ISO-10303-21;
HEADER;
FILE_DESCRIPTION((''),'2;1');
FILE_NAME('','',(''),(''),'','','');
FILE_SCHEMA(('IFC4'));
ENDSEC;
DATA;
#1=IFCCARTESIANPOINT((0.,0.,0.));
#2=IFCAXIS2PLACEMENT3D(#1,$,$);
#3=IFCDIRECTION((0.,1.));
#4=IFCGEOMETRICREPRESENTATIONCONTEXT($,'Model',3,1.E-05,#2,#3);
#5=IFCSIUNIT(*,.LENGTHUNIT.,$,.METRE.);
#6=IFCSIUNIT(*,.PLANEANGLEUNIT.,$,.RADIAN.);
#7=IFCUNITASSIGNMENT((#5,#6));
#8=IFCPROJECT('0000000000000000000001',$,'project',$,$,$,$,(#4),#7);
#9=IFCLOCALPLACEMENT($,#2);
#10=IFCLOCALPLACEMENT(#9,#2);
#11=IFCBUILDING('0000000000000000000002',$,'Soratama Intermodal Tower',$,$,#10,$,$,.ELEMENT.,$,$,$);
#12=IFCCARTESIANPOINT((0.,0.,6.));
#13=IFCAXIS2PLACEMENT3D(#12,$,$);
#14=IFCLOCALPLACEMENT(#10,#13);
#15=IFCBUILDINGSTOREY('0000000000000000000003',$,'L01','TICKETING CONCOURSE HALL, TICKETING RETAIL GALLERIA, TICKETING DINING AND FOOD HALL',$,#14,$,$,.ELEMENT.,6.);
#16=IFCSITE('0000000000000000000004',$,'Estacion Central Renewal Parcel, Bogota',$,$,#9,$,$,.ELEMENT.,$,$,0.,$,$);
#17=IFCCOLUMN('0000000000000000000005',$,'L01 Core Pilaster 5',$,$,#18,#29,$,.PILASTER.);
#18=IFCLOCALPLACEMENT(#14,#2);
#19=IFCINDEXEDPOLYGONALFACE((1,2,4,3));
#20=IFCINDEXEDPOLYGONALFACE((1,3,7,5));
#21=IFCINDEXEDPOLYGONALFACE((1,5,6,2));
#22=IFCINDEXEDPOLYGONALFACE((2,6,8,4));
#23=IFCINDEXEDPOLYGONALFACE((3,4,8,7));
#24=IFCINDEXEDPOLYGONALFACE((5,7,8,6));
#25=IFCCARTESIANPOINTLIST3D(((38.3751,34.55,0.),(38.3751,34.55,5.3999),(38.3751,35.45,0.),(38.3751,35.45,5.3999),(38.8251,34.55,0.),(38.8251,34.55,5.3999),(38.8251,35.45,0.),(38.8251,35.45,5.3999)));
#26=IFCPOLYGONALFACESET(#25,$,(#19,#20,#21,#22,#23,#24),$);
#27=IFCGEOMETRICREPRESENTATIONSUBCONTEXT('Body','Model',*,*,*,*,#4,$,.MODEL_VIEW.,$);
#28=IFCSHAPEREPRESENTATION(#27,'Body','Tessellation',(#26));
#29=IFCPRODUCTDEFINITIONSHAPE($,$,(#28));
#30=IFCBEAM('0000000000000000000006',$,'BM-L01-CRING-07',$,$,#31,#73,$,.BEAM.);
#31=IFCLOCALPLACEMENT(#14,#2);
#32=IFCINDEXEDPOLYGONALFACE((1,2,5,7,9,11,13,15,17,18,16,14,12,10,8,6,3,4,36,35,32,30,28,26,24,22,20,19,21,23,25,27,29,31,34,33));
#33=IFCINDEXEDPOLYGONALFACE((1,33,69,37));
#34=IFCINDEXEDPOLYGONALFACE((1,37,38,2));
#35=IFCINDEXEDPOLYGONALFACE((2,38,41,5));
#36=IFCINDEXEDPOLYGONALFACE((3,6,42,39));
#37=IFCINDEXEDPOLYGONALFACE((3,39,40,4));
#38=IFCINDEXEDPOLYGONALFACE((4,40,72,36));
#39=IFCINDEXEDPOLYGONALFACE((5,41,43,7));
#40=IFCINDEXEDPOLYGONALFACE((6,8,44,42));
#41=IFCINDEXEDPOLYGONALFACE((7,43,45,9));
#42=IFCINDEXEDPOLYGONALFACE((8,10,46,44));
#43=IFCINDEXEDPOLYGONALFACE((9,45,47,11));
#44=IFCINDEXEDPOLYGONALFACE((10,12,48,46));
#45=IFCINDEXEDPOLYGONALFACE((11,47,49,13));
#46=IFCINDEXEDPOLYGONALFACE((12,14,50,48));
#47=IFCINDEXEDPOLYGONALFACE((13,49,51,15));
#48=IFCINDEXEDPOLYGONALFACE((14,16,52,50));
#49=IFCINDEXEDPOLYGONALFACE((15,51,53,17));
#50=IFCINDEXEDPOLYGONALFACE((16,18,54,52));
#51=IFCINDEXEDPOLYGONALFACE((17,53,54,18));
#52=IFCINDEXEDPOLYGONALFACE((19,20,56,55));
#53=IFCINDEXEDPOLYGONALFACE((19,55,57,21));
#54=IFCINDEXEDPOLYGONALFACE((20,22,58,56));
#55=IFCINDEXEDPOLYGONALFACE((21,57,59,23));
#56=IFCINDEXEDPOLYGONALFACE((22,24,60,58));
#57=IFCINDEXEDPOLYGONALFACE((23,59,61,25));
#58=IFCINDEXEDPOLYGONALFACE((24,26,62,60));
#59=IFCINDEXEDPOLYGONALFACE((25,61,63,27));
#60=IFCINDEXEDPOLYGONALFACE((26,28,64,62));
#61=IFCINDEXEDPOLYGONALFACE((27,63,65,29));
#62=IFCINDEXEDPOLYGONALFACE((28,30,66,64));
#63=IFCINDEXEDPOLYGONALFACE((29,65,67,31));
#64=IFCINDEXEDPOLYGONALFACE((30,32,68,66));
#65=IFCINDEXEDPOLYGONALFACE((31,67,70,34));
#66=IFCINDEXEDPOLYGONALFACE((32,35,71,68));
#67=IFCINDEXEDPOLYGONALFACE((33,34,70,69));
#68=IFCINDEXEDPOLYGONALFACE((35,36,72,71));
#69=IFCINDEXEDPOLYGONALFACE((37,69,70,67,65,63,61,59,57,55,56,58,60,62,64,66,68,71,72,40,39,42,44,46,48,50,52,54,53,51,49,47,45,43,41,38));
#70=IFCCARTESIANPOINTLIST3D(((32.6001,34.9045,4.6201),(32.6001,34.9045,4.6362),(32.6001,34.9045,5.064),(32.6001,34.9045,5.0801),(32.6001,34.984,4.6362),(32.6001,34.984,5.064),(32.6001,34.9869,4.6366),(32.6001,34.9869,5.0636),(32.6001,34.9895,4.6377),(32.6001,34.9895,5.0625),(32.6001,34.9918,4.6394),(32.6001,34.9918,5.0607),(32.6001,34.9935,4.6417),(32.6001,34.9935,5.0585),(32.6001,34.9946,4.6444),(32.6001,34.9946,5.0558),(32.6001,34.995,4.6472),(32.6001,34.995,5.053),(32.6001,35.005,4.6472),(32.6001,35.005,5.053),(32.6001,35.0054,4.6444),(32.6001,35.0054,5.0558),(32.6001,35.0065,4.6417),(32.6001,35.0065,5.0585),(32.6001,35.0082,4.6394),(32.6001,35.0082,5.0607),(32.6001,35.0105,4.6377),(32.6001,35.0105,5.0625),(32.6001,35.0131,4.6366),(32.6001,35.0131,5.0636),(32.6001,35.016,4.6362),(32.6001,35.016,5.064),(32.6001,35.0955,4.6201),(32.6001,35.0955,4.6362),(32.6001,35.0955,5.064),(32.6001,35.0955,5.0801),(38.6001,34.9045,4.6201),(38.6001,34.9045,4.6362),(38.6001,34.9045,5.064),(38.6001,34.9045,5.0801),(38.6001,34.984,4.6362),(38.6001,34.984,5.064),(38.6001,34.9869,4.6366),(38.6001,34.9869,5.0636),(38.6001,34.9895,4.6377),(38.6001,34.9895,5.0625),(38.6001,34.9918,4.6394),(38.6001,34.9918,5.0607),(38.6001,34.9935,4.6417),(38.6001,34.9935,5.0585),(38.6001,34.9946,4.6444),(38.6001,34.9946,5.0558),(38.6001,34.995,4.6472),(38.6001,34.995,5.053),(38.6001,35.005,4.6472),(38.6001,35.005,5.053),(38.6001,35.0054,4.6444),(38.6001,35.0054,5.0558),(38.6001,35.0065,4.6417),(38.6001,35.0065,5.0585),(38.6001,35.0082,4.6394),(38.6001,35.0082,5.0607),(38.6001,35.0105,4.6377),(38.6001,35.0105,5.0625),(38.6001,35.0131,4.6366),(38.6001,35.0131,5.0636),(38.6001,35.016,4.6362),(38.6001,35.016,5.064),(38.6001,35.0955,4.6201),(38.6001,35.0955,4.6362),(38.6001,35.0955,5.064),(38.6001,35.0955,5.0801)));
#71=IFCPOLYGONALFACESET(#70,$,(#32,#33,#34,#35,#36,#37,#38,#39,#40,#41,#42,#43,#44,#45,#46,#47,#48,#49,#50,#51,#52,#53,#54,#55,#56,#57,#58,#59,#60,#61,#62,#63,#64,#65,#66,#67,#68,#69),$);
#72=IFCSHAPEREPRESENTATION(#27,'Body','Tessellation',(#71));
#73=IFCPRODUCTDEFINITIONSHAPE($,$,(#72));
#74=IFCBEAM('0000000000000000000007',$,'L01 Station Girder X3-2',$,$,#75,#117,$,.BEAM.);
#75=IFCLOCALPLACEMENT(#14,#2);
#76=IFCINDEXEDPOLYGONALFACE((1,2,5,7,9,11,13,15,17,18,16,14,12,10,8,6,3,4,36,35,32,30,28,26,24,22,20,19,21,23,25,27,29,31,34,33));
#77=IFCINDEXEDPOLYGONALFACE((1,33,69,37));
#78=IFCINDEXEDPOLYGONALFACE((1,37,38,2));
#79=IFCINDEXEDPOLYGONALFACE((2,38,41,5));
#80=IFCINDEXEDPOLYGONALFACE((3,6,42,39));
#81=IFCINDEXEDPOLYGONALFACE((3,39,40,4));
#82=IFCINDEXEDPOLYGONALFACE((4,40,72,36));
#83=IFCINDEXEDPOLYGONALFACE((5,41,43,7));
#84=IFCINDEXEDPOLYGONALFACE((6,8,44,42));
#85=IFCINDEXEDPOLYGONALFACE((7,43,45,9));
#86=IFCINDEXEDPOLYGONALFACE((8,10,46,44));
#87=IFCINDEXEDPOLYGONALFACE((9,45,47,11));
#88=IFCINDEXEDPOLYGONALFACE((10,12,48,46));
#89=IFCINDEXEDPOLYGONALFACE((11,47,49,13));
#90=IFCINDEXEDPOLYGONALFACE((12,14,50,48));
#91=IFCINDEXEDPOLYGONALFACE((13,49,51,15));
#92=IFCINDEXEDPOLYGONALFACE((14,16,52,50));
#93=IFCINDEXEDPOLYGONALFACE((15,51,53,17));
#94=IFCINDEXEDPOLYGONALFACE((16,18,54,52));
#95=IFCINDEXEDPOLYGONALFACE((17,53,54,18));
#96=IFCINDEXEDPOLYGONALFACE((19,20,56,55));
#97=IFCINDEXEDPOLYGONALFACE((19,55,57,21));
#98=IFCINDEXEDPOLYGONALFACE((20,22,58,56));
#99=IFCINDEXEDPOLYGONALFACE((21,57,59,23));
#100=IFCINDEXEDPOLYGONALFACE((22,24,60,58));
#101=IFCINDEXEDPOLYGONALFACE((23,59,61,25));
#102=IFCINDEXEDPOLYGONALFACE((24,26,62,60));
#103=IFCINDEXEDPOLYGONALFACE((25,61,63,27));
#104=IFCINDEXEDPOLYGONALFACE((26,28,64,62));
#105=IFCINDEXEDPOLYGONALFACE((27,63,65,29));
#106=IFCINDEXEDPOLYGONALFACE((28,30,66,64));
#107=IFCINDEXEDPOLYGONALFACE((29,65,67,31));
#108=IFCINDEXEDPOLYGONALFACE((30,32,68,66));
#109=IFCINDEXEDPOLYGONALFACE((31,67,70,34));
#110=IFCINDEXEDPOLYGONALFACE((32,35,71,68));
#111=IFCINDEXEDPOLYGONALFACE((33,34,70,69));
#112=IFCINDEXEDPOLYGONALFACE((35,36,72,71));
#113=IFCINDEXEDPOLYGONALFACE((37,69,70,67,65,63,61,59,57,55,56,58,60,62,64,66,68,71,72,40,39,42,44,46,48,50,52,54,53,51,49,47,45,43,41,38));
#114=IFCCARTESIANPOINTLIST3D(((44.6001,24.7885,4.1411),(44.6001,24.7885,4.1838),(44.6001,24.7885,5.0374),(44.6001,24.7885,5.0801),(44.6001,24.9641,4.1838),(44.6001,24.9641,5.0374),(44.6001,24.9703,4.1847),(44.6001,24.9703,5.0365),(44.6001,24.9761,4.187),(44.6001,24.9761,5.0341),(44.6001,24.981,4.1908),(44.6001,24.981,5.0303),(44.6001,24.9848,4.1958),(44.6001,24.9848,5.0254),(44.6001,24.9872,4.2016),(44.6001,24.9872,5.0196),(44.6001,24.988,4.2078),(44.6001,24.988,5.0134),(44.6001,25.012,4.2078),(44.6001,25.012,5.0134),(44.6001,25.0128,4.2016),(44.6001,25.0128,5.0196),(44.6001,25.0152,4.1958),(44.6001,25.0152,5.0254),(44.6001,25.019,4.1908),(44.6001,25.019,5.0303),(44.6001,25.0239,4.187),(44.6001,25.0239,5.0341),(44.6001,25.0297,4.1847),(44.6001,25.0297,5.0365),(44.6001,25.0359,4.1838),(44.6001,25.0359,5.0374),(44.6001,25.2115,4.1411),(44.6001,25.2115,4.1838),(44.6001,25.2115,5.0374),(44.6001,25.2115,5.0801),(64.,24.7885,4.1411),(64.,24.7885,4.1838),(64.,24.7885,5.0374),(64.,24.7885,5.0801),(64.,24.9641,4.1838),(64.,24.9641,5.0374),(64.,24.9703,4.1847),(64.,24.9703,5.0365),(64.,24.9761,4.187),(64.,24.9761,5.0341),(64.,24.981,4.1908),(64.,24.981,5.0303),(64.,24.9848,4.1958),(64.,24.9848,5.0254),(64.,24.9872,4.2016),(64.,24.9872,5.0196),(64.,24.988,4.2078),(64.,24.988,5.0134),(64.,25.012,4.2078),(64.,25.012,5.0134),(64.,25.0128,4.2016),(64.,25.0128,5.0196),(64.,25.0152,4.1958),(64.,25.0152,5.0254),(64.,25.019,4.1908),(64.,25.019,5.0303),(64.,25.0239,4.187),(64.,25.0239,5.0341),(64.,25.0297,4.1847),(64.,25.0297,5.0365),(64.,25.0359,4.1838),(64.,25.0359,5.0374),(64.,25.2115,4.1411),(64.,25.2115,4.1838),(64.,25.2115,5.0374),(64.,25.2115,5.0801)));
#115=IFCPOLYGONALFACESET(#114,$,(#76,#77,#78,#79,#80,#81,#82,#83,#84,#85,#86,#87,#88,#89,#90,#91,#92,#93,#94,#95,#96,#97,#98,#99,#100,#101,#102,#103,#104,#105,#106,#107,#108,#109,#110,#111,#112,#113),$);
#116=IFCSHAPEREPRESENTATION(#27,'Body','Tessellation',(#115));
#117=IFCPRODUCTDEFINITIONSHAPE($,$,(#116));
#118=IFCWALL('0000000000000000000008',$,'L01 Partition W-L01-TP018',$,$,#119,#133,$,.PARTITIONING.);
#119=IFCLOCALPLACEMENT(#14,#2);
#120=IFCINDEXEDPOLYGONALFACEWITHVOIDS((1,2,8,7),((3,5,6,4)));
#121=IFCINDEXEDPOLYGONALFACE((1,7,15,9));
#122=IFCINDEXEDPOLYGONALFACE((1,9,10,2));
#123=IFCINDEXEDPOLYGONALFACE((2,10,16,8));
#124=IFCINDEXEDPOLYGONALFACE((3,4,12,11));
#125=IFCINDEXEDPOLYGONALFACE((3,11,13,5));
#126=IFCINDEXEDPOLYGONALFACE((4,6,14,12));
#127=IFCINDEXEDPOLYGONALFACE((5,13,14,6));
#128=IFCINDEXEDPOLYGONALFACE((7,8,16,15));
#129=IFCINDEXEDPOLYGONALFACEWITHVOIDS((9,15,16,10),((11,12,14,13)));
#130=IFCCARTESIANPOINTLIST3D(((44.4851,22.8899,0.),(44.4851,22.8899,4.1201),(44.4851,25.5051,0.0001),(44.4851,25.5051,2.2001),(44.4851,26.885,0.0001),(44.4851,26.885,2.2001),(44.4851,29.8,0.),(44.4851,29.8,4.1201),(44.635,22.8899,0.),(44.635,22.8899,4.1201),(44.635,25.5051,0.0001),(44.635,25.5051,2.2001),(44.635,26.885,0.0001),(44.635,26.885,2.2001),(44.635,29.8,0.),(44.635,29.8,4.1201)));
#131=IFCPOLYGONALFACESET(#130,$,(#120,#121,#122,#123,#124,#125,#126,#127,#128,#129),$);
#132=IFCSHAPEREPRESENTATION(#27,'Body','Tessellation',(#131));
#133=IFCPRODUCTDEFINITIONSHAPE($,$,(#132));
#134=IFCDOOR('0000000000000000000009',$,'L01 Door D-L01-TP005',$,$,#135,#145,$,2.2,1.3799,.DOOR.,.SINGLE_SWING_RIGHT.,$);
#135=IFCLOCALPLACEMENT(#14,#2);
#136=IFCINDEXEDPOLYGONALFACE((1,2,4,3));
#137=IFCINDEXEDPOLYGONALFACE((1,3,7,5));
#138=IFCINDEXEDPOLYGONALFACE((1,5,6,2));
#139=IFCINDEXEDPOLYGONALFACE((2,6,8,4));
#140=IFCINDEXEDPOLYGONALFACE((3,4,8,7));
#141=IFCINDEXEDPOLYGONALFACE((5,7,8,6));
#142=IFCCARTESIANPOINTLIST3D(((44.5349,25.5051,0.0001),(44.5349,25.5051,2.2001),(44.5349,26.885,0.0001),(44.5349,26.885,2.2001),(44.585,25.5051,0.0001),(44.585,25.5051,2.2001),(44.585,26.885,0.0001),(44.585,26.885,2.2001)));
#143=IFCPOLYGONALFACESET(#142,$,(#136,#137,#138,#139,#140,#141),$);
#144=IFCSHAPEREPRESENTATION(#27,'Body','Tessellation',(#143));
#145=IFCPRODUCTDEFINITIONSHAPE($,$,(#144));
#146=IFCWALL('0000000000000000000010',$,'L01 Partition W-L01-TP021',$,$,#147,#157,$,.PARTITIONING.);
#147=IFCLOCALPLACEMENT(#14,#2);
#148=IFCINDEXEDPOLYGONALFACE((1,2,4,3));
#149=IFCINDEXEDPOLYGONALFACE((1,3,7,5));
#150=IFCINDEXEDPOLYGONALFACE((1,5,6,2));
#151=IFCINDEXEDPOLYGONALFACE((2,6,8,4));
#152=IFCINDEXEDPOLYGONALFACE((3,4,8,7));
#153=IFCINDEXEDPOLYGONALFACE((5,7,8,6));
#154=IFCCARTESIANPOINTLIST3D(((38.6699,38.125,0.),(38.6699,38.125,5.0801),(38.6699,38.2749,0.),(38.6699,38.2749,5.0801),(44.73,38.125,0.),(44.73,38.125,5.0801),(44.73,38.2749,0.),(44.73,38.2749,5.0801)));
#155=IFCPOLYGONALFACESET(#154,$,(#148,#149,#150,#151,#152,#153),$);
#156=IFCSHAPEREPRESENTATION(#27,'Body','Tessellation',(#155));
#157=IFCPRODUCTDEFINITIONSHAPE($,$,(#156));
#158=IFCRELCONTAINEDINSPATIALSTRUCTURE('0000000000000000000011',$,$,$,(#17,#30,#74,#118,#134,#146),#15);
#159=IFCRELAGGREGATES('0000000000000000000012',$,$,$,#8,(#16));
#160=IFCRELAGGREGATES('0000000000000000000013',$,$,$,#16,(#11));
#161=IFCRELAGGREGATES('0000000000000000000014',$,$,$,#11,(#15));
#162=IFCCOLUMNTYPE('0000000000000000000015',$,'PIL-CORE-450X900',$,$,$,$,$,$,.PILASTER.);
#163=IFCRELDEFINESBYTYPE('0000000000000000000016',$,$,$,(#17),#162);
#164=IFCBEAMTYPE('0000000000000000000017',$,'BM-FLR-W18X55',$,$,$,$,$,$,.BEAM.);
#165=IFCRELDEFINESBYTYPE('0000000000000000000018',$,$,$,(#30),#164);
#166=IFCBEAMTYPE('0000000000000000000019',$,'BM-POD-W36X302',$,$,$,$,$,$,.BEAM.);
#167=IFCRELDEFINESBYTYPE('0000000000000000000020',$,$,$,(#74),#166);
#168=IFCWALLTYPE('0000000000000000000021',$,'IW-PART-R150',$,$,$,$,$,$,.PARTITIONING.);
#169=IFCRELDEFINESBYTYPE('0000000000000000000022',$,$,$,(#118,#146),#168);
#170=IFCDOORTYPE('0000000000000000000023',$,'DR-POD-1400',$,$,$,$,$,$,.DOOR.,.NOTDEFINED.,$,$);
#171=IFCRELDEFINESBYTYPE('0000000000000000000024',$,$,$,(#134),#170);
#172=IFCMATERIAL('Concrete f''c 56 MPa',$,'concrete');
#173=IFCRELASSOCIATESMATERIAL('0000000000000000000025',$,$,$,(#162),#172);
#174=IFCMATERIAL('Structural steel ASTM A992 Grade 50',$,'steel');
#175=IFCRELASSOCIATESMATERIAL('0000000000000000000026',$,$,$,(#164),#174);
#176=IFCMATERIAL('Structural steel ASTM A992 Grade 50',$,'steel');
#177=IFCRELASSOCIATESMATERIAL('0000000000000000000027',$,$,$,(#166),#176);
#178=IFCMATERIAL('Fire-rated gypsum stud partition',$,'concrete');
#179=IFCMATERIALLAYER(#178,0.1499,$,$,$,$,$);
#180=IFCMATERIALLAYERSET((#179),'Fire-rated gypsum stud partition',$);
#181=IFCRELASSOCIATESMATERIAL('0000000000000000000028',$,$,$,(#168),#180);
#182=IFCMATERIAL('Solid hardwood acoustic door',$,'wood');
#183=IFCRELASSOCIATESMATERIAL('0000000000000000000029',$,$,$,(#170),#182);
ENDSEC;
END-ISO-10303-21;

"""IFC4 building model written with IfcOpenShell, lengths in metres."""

from ifc_helpers import new_model, si_unit, direction, frame, frame_2d, origin, origin_2d, place, context, subcontext, project, spatial, rectangle, i_section, extrude, material, layer, layer_set, material_profile, profile_set, type_object, element, fill, save


model = new_model("IFC4")

# Units and contexts
model_context = context("Model", 3, precision=1e-05, world=origin(), true_north=direction((0.0, 1.0)))
body_context = subcontext(model_context, "Body", "Model", "MODEL_VIEW")
ifc_project = project(units=[si_unit("LENGTHUNIT", "METRE"), si_unit("PLANEANGLEUNIT", "RADIAN")], contexts=[model_context])

# Site, building, storey
site_placement = place(None, origin())
site = spatial("IfcSite", under=ifc_project, at=site_placement, Name="Estacion Central Renewal Parcel, Bogota", CompositionType="ELEMENT", RefElevation=0.0)
building_placement = place(site_placement, origin())
building = spatial("IfcBuilding", under=site, at=building_placement, Name="Soratama Intermodal Tower", CompositionType="ELEMENT")
storey_placement = place(building_placement, frame((0.0, 0.0, 6.0)))
storey = spatial("IfcBuildingStorey", under=building, at=storey_placement, Name="L01", Description="TICKETING CONCOURSE HALL, TICKETING RETAIL GALLERIA, TICKETING DINING AND FOOD HALL", CompositionType="ELEMENT", Elevation=6.0)

# Column
ifc_material_1 = material(Name="Concrete f'c 56 MPa", Category="concrete")
ifc_material_profile_1 = material_profile(ifc_material_1, rectangle(XDim=0.45, YDim=0.8999, at=origin_2d()), Name="RC450X900")
ifc_profile_set_1 = profile_set([ifc_material_profile_1], Name="Concrete f'c 56 MPa")
column_type = type_object("IfcColumnType", Name="PIL-CORE-450X900", PredefinedType="PILASTER", material=ifc_profile_set_1)
column_placement = place(storey_placement, frame((38.6001, 35.0, 0.0), z_axis=(0.0, 0.0, 1.0), x_axis=(1.0, 0.0, 0.0)))
element("IfcColumn", 1, at=column_placement, inside=storey, type_object=column_type, Name="L01 Core Pilaster 5", PredefinedType="PILASTER", context=body_context, shape_type="SweptSolid", body=[
    extrude(rectangle(XDim=0.45, YDim=0.8999, at=origin_2d()), origin(), (0.0, 0.0, 1.0), 5.3999),
])

# Beams
ifc_material_2 = material(Name="Structural steel ASTM A992 Grade 50", Category="steel")
ifc_material_profile_2 = material_profile(ifc_material_2, i_section(OverallWidth=0.1909, OverallDepth=0.46, WebThickness=0.01, FlangeThickness=0.0161, FilletRadius=0.011, at=origin_2d()), Name="W18X55")
ifc_profile_set_2 = profile_set([ifc_material_profile_2], Name="Structural steel ASTM A992 Grade 50")
beam_type_1 = type_object("IfcBeamType", Name="BM-FLR-W18X55", PredefinedType="BEAM", material=ifc_profile_set_2)
beam_1_placement = place(storey_placement, frame((38.6001, 35.0, 4.8501), z_axis=(-1.0, 0.0, 0.0), x_axis=(0.0, -1.0, 0.0)))
element("IfcBeam", 2, at=beam_1_placement, inside=storey, type_object=beam_type_1, Name="BM-L01-CRING-07", PredefinedType="BEAM", context=body_context, shape_type="SweptSolid", body=[
    extrude(i_section(OverallWidth=0.1909, OverallDepth=0.46, WebThickness=0.01, FlangeThickness=0.0161, FilletRadius=0.011, at=origin_2d()), origin(), (0.0, 0.0, 1.0), 6.0),
])
ifc_material_3 = material(Name="Structural steel ASTM A992 Grade 50", Category="steel")
ifc_material_profile_3 = material_profile(ifc_material_3, i_section(OverallWidth=0.4231, OverallDepth=0.939, WebThickness=0.0239, FlangeThickness=0.0427, FilletRadius=0.0239, at=origin_2d()), Name="W36X302")
ifc_profile_set_3 = profile_set([ifc_material_profile_3], Name="Structural steel ASTM A992 Grade 50")
beam_type_2 = type_object("IfcBeamType", Name="BM-POD-W36X302", PredefinedType="BEAM", material=ifc_profile_set_3)
beam_2_placement = place(storey_placement, frame((44.6001, 25.0, 4.6106), z_axis=(1.0, 0.0, 0.0), x_axis=(0.0, 1.0, 0.0)))
element("IfcBeam", 3, at=beam_2_placement, inside=storey, type_object=beam_type_2, Name="L01 Station Girder X3-2", PredefinedType="BEAM", context=body_context, shape_type="SweptSolid", body=[
    extrude(i_section(OverallWidth=0.4231, OverallDepth=0.939, WebThickness=0.0239, FlangeThickness=0.0427, FilletRadius=0.0239, at=origin_2d()), origin(), (0.0, 0.0, 1.0), 19.3999),
])

# Wall, opening, door
ifc_material_4 = material(Name="Fire-rated gypsum stud partition", Category="concrete")
ifc_layer_1 = layer(ifc_material_4, 0.1499)
ifc_layer_set_1 = layer_set([ifc_layer_1], Name="Fire-rated gypsum stud partition")
wall_type_1 = type_object("IfcWallType", Name="IW-PART-R150", PredefinedType="PARTITIONING", material=ifc_layer_set_1)
wall_1_placement = place(storey_placement, frame((44.5601, 29.8, 0.0), z_axis=(0.0, 0.0, 1.0), x_axis=(0.0, -1.0, 0.0)))
wall_1 = element("IfcWall", 4, at=wall_1_placement, inside=storey, type_object=wall_type_1, Name="L01 Partition W-L01-TP018", PredefinedType="PARTITIONING", context=body_context, shape_type="SweptSolid", body=[
    extrude(rectangle(XDim=6.9102, YDim=0.1499, at=frame_2d((3.4551, 0.0))), origin(), (0.0, 0.0, 1.0), 4.1201),
])
opening_1_placement = place(wall_1_placement, frame((2.915, 0.0, 0.0)))
opening_1 = element("IfcOpeningElement", 5, at=opening_1_placement, cuts=wall_1, PredefinedType="OPENING", context=body_context, shape_type="SweptSolid", body=[
    extrude(rectangle(XDim=1.3799, YDim=2.2, at=frame_2d((0.6899, 1.1001))), frame((0.0, 0.085, 0.0), z_axis=(0.0, -1.0, 0.0), x_axis=(1.0, 0.0, 0.0)), (0.0, 0.0, 1.0), 0.1699),
])
ifc_material_5 = material(Name="Solid hardwood acoustic door", Category="wood")
door_type_1 = type_object("IfcDoorType", Name="DR-POD-1400", OperationType="NOTDEFINED", PredefinedType="DOOR", material=ifc_material_5)
door_1_placement = place(opening_1_placement, origin())
door_1 = element("IfcDoor", 6, at=door_1_placement, inside=storey, type_object=door_type_1, Name="L01 Door D-L01-TP005", OperationType="SINGLE_SWING_RIGHT", OverallHeight=2.2, OverallWidth=1.3799, PredefinedType="DOOR", context=body_context, shape_type="SweptSolid", body=[
    extrude(rectangle(XDim=1.3799, YDim=2.2, at=frame_2d((0.6899, 1.1001))), frame((0.0, 0.0249, 0.0), z_axis=(0.0, -1.0, 0.0), x_axis=(1.0, 0.0, 0.0)), (0.0, 0.0, 1.0), 0.05),
])
fill(opening_1, door_1)

# Wall
wall_2_placement = place(storey_placement, frame((38.6699, 38.2, 0.0), z_axis=(0.0, 0.0, 1.0), x_axis=(1.0, 0.0, 0.0)))
element("IfcWall", 7, at=wall_2_placement, inside=storey, type_object=wall_type_1, Name="L01 Partition W-L01-TP021", PredefinedType="PARTITIONING", context=body_context, shape_type="SweptSolid", body=[
    extrude(rectangle(XDim=6.0601, YDim=0.1499, at=frame_2d((3.03, 0.0))), origin(), (0.0, 0.0, 1.0), 5.0801),
])

save(model, "model.ifc")
